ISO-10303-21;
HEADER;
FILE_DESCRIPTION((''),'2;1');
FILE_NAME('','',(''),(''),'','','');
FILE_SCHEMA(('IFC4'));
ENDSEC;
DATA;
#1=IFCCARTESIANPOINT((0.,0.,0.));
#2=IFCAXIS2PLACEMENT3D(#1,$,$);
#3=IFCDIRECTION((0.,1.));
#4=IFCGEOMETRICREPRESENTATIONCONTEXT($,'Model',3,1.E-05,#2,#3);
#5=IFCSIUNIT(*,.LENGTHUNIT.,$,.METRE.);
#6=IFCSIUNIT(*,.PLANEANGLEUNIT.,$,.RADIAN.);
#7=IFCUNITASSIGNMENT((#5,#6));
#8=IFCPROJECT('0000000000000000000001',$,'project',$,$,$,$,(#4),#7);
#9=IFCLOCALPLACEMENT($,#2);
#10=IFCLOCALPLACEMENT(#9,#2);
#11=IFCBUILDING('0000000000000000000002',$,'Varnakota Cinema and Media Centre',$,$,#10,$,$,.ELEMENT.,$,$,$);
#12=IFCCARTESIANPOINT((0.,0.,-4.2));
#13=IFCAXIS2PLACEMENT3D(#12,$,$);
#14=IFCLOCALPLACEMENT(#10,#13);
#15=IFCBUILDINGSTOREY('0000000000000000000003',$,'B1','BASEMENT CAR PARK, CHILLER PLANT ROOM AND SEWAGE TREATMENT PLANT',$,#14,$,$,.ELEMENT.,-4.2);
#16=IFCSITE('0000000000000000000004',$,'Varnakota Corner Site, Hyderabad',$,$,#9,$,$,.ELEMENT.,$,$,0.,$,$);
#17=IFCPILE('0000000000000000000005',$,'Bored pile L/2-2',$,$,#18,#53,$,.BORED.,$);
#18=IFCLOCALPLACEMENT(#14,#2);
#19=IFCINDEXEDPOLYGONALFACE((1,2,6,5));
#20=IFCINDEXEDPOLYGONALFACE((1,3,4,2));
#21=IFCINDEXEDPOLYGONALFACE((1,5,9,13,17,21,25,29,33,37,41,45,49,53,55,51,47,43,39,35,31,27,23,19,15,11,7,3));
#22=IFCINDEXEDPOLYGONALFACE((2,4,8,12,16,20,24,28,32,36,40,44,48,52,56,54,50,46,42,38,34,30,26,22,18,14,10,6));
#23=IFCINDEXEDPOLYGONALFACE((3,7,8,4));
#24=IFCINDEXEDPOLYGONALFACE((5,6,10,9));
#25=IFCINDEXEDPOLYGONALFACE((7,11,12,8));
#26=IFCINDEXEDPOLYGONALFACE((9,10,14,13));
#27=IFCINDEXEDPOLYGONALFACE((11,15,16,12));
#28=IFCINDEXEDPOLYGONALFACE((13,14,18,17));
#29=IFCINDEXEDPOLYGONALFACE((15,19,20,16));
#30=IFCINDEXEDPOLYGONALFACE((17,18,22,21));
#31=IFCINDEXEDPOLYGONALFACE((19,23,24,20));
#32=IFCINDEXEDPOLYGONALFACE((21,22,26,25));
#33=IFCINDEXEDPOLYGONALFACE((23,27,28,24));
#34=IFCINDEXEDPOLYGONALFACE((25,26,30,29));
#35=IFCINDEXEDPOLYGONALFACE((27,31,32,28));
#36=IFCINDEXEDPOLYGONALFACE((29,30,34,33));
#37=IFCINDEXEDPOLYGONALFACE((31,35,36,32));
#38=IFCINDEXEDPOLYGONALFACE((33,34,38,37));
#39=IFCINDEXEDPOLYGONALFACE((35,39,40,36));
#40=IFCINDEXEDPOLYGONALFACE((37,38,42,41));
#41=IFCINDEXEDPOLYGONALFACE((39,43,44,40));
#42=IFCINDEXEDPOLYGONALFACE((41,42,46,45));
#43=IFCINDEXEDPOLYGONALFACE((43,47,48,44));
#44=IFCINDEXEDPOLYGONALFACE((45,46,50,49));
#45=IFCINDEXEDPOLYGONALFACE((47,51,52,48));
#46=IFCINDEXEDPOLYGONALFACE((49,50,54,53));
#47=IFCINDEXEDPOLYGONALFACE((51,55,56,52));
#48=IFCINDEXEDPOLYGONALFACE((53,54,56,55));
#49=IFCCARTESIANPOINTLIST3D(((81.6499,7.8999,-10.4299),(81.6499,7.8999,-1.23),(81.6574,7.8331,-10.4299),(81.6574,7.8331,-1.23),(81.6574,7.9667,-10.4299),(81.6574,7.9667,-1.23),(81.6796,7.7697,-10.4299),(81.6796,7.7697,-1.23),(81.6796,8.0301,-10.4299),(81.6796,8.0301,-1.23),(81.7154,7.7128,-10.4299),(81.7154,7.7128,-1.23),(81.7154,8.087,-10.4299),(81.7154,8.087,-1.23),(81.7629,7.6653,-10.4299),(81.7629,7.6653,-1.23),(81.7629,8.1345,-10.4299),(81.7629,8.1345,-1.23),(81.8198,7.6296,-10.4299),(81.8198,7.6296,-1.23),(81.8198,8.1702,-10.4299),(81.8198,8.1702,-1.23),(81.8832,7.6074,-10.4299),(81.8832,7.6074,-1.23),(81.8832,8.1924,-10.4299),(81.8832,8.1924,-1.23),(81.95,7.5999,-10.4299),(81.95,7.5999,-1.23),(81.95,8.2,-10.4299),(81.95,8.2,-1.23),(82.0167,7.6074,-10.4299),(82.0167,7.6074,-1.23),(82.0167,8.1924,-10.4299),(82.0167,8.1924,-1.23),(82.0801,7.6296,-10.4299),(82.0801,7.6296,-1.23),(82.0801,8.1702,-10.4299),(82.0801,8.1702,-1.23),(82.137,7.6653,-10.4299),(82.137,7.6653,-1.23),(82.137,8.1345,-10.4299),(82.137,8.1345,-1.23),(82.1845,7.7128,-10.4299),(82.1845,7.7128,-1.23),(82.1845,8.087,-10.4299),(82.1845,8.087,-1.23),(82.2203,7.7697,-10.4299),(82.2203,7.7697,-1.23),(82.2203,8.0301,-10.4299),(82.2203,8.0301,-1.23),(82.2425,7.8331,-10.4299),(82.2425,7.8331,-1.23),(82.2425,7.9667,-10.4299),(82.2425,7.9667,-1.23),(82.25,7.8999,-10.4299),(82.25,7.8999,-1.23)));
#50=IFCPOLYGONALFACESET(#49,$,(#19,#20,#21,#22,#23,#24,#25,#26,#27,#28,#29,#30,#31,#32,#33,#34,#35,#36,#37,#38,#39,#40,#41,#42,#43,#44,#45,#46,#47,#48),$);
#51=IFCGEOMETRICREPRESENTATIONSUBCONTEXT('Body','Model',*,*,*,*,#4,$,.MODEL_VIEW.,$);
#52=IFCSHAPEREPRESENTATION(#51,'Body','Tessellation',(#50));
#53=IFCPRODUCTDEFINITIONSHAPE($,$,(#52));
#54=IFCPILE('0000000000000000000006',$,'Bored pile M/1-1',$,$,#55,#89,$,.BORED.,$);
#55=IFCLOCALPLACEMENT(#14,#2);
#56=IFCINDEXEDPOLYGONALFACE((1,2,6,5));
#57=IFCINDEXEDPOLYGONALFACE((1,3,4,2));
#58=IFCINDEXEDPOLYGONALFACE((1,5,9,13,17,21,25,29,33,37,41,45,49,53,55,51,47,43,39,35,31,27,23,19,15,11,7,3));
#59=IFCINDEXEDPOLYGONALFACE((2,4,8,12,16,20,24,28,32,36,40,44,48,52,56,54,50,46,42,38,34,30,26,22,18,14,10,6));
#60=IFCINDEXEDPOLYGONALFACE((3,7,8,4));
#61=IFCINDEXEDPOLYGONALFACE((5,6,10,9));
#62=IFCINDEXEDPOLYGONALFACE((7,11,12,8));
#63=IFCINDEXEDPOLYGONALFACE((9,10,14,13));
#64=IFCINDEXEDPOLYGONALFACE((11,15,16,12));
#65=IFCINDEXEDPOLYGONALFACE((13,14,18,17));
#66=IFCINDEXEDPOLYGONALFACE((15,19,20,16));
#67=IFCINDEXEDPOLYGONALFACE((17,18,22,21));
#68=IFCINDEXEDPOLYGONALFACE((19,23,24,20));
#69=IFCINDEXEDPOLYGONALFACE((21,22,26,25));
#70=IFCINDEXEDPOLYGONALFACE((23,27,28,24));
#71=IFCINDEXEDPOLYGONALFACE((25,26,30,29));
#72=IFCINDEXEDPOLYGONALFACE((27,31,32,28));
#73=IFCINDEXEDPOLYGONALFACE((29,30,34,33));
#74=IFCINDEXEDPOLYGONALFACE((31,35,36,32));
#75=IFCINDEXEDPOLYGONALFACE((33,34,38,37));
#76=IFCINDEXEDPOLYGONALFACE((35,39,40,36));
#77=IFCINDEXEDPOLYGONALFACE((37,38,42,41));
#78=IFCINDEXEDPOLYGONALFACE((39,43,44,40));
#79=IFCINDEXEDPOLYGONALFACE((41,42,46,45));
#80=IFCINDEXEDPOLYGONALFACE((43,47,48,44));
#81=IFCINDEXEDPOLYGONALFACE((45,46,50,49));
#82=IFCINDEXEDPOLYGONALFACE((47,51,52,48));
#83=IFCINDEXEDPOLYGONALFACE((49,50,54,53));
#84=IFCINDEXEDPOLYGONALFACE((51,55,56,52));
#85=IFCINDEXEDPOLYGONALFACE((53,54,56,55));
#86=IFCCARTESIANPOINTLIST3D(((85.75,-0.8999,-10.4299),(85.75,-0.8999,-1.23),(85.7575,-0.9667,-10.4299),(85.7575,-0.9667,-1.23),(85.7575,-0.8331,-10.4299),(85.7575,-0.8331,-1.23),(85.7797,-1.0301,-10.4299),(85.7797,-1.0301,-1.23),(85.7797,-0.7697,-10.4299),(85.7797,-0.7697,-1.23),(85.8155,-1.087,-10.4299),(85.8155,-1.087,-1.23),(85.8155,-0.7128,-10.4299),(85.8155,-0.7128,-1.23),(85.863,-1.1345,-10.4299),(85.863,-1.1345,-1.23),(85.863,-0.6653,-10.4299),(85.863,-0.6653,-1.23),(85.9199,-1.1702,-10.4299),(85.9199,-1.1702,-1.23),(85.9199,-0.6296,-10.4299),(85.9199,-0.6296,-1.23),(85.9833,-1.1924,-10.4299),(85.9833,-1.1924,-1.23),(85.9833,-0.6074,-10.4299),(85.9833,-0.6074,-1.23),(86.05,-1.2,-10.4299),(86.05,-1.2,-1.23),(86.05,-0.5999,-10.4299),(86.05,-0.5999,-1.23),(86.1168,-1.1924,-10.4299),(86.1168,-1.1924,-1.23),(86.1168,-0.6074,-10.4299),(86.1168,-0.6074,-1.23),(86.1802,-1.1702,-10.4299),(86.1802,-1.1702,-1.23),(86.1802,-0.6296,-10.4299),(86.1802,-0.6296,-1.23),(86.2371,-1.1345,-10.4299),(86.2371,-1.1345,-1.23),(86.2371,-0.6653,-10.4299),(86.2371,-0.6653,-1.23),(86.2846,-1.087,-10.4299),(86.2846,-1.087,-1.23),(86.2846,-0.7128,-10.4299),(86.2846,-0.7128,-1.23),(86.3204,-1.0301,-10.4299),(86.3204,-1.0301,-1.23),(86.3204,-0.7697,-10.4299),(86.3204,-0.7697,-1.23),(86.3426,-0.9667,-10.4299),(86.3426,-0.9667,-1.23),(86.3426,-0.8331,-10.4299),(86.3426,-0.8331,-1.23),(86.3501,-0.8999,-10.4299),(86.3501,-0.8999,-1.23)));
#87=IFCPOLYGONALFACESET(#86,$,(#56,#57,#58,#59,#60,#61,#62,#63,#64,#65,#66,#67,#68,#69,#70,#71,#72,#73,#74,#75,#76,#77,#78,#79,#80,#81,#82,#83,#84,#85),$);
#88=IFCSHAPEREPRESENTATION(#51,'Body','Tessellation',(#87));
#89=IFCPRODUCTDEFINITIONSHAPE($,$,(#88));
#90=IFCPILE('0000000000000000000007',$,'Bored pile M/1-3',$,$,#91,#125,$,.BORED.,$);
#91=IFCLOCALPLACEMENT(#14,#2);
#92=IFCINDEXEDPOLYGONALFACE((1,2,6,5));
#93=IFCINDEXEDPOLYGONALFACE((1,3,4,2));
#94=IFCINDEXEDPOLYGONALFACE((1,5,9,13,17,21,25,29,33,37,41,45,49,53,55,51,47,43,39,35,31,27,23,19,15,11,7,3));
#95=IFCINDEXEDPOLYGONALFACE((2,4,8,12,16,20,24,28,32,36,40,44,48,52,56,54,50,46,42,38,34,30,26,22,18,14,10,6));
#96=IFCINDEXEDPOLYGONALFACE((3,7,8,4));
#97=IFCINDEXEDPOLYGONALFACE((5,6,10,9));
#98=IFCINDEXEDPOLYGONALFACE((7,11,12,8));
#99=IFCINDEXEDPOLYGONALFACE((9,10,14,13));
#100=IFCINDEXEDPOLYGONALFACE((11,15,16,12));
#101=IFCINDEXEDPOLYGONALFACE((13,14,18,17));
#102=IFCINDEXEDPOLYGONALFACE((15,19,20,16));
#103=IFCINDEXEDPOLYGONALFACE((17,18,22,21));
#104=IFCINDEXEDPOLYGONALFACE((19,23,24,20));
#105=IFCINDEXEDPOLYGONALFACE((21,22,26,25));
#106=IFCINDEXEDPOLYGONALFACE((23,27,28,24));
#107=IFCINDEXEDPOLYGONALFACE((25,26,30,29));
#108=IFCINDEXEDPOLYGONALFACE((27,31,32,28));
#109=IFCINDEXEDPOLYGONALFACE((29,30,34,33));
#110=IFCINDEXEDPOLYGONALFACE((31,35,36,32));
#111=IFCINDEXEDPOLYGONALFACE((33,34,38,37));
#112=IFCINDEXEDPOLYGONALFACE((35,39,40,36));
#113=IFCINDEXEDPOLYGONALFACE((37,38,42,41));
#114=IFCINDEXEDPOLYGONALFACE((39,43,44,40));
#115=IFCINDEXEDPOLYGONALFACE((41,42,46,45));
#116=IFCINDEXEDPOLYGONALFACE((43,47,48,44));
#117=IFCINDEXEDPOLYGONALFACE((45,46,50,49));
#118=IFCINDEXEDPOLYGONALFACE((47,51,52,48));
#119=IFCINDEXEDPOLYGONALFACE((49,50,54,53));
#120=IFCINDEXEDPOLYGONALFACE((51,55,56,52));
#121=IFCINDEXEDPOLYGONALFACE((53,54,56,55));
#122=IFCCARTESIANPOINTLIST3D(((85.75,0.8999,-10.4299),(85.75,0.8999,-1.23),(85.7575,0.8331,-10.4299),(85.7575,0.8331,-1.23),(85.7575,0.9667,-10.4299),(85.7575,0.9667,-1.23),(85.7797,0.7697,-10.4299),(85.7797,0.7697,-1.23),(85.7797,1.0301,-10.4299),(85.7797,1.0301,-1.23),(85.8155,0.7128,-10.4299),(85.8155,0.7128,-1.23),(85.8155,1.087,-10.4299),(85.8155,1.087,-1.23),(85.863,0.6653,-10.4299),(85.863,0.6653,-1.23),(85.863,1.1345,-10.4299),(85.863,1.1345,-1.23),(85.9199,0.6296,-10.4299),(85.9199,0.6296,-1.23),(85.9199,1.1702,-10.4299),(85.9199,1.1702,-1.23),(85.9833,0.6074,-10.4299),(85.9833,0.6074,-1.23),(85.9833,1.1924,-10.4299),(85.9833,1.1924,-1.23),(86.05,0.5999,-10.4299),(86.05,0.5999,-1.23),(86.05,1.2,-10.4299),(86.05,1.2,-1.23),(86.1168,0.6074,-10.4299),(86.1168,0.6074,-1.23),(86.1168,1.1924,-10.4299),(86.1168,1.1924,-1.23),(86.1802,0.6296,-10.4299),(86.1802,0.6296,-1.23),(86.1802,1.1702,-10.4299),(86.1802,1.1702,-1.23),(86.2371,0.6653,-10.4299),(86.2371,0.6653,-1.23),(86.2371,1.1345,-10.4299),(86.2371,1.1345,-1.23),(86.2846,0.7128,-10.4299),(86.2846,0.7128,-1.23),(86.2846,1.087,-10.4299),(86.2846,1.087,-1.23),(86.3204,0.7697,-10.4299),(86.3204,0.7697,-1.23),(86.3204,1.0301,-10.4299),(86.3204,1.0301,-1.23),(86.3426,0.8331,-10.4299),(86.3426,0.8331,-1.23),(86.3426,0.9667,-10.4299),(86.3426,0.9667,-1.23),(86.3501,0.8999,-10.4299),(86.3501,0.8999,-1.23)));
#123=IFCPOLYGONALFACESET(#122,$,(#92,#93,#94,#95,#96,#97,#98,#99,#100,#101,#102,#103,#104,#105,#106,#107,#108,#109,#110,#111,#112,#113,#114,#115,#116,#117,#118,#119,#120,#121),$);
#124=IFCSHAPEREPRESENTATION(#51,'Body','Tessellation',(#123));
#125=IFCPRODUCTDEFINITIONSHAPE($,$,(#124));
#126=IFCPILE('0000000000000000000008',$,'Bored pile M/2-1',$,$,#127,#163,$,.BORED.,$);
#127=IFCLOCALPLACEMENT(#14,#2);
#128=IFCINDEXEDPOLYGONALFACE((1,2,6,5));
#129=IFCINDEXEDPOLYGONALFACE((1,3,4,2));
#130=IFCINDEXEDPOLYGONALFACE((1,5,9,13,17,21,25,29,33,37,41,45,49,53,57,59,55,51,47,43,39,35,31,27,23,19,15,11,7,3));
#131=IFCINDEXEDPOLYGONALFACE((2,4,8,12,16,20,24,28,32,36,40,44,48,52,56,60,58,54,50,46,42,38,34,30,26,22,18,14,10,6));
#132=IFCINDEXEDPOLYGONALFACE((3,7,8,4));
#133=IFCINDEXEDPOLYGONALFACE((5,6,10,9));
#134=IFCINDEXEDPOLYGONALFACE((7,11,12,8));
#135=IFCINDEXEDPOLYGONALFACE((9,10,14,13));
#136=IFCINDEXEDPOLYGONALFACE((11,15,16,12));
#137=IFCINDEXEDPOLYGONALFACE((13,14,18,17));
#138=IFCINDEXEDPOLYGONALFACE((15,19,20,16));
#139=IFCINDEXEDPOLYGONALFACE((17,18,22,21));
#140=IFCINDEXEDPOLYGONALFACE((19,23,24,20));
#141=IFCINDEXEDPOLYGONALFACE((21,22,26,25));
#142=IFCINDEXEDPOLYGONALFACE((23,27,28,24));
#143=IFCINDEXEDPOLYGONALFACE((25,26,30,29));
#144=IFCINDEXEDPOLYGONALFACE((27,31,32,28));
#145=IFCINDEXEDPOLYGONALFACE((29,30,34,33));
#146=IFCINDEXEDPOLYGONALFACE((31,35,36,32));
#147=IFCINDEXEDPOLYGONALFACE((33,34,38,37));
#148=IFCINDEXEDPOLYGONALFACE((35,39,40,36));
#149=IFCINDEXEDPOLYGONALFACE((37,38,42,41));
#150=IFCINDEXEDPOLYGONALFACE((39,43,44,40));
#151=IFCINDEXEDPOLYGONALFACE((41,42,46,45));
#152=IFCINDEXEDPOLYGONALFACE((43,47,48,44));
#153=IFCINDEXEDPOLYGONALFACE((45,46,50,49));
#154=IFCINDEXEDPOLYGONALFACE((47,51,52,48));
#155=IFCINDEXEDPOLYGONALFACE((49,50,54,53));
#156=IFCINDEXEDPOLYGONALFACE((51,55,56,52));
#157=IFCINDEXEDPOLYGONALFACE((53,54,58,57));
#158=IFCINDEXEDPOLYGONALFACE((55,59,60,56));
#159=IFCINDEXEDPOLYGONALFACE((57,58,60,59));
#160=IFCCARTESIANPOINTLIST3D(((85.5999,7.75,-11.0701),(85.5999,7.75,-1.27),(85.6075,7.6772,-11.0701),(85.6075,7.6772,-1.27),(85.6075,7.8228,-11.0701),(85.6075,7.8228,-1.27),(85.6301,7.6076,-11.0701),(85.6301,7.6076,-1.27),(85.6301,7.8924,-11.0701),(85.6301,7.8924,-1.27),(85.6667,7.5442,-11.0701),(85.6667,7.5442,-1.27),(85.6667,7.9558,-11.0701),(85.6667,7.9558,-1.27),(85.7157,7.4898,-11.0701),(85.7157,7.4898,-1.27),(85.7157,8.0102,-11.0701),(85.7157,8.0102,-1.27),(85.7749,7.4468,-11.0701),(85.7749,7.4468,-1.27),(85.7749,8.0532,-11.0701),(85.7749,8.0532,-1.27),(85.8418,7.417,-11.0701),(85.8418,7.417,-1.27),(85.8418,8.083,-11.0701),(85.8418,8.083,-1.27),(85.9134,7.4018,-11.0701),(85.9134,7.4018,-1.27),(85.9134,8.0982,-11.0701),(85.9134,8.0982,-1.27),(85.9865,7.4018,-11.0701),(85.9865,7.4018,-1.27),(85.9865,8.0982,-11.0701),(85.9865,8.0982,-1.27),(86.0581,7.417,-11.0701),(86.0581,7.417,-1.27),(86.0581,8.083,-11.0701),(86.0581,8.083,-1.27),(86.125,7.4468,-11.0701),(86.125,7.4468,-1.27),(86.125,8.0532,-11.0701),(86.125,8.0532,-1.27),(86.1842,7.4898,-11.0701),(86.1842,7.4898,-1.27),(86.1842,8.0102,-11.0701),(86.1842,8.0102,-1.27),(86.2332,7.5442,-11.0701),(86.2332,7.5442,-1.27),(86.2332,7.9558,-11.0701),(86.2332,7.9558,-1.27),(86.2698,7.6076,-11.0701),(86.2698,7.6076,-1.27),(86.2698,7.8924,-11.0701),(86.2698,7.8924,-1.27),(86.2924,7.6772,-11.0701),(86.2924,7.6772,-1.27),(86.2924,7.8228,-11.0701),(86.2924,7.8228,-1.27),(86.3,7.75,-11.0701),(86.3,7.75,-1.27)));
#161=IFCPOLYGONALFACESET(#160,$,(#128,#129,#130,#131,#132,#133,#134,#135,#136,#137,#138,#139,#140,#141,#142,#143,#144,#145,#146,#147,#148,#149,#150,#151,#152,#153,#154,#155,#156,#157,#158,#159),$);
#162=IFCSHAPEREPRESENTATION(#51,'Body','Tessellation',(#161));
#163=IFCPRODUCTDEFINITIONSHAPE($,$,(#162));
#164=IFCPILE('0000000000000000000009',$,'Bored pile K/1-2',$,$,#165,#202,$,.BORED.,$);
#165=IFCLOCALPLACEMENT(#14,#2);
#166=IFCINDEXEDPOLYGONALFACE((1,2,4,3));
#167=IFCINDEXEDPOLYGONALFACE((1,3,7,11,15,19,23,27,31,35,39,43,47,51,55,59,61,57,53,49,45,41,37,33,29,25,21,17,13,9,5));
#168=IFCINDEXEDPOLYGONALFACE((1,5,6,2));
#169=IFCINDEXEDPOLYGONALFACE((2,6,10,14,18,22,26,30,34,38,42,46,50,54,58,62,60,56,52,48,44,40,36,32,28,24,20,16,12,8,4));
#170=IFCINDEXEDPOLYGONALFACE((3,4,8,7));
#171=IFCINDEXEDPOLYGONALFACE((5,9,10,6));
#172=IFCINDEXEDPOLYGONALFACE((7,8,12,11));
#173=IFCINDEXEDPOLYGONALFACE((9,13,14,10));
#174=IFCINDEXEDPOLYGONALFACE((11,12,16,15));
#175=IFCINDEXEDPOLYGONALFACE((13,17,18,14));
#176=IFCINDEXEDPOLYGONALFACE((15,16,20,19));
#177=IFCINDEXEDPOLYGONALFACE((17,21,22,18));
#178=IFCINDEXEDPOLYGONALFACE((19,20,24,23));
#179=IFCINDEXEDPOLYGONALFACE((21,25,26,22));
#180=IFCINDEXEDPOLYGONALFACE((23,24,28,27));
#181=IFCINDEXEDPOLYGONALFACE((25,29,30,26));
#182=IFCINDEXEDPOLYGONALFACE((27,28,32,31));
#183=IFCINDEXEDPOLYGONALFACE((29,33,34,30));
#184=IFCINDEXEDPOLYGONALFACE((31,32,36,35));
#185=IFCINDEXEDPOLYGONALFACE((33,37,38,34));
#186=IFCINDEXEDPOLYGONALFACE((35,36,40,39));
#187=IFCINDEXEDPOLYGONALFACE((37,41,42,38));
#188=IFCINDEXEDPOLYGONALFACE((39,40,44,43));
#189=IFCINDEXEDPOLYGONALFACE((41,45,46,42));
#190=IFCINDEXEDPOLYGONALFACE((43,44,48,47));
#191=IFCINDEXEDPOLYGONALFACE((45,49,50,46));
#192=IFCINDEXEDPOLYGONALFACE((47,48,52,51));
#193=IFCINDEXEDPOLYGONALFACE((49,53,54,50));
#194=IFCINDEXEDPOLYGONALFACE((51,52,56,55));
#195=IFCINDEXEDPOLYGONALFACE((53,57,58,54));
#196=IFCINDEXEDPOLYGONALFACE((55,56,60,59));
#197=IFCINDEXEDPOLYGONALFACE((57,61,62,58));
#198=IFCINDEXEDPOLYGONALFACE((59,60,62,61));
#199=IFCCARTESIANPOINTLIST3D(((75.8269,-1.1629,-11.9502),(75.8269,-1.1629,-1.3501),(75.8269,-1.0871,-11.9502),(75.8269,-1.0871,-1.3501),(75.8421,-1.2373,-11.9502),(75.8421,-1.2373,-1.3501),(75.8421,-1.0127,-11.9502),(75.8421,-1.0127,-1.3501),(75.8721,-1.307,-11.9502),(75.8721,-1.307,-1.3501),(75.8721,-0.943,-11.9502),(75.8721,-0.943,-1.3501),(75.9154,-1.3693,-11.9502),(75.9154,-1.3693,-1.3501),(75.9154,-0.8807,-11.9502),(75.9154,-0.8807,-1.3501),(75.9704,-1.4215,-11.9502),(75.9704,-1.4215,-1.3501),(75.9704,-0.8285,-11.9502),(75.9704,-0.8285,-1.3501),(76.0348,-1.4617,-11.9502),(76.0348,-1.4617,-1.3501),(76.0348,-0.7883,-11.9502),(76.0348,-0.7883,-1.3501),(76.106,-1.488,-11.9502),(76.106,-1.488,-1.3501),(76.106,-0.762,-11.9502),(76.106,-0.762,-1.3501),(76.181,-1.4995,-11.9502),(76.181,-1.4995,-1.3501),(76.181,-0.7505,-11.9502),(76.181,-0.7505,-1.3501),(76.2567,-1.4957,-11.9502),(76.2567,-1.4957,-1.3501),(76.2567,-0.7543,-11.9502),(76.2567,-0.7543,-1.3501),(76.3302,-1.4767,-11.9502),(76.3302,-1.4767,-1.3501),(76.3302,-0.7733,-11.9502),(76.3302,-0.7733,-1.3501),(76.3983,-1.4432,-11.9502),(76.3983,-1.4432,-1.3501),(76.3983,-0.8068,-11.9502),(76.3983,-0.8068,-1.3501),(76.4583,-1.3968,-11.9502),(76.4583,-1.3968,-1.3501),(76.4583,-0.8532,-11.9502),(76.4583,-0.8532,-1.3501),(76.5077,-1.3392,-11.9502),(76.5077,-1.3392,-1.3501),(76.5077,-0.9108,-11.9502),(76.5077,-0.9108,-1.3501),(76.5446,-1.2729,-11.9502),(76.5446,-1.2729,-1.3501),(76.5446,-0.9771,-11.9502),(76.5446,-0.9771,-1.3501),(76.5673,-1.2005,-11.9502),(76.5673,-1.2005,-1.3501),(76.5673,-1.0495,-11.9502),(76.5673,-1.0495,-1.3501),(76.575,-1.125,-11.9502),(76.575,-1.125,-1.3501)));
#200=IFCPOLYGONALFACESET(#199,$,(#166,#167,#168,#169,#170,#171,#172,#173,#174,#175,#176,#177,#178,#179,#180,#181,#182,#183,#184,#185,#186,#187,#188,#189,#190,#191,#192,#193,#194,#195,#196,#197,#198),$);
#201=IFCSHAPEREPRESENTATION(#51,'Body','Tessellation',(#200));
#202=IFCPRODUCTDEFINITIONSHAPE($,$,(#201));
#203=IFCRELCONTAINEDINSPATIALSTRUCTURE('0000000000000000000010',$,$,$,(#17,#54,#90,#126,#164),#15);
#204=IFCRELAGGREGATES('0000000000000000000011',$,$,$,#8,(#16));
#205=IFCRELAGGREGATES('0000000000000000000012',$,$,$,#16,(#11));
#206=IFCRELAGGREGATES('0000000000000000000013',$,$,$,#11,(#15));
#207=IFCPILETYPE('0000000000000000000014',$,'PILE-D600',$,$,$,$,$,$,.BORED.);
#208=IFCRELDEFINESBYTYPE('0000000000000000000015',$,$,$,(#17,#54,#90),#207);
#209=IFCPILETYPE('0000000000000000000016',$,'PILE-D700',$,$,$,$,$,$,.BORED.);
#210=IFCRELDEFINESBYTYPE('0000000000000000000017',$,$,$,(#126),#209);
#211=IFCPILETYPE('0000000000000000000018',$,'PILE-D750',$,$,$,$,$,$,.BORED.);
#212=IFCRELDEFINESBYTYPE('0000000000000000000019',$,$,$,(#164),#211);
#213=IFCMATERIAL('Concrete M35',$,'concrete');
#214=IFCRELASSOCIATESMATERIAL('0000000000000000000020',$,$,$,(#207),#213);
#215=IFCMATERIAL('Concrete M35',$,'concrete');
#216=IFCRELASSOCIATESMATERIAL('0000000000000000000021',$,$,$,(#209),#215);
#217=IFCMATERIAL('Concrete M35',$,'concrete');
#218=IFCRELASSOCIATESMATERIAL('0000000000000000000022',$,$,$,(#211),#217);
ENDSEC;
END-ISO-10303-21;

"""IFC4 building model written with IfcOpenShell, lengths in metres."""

from ifc_helpers import new_model, si_unit, direction, frame, origin, origin_2d, place, context, subcontext, project, spatial, circle, extrude, material, material_profile, profile_set, type_object, element, save


model = new_model("IFC4")

# Units and contexts
model_context = context("Model", 3, precision=1e-05, world=origin(), true_north=direction((0.0, 1.0)))
body_context = subcontext(model_context, "Body", "Model", "MODEL_VIEW")
ifc_project = project(units=[si_unit("LENGTHUNIT", "METRE"), si_unit("PLANEANGLEUNIT", "RADIAN")], contexts=[model_context])

# Site, building, storey
site_placement = place(None, origin())
site = spatial("IfcSite", under=ifc_project, at=site_placement, Name="Varnakota Corner Site, Hyderabad", CompositionType="ELEMENT", RefElevation=0.0)
building_placement = place(site_placement, origin())
building = spatial("IfcBuilding", under=site, at=building_placement, Name="Varnakota Cinema and Media Centre", CompositionType="ELEMENT")
storey_placement = place(building_placement, frame((0.0, 0.0, -4.2)))
storey = spatial("IfcBuildingStorey", under=building, at=storey_placement, Name="B1", Description="BASEMENT CAR PARK, CHILLER PLANT ROOM AND SEWAGE TREATMENT PLANT", CompositionType="ELEMENT", Elevation=-4.2)

# Piles
ifc_material_1 = material(Name="Concrete M35", Category="concrete")
ifc_material_profile_1 = material_profile(ifc_material_1, circle(Radius=0.3, at=origin_2d()), Name="PILE D600")
ifc_profile_set_1 = profile_set([ifc_material_profile_1], Name="Concrete M35")
pile_type_1 = type_object("IfcPileType", Name="PILE-D600", PredefinedType="BORED", material=ifc_profile_set_1)
for number, where, z_axis, x_axis, name in (
    (1, (81.95, 7.8999, -1.23), (0.0, 0.0, -1.0), (1.0, 0.0, 0.0), "Bored pile L/2-2"),
    (2, (86.05, -0.8999, -1.23), (0.0, 0.0, -1.0), (1.0, 0.0, 0.0), "Bored pile M/1-1"),
    (3, (86.05, 0.8999, -1.23), (0.0, 0.0, -1.0), (1.0, 0.0, 0.0), "Bored pile M/1-3"),
):
    element("IfcPile", number, at=place(storey_placement, frame(where, z_axis=z_axis, x_axis=x_axis)), inside=storey, type_object=pile_type_1, Name=name, PredefinedType="BORED", context=body_context, shape_type="SweptSolid", body=[
        extrude(circle(Radius=0.3, at=origin_2d()), origin(), (0.0, 0.0, 1.0), 9.2),
    ])
ifc_material_2 = material(Name="Concrete M35", Category="concrete")
ifc_material_profile_2 = material_profile(ifc_material_2, circle(Radius=0.3501, at=origin_2d()), Name="PILE D700")
ifc_profile_set_2 = profile_set([ifc_material_profile_2], Name="Concrete M35")
pile_type_2 = type_object("IfcPileType", Name="PILE-D700", PredefinedType="BORED", material=ifc_profile_set_2)
pile_placement = place(storey_placement, frame((85.95, 7.75, -1.27), z_axis=(0.0, 0.0, -1.0), x_axis=(1.0, 0.0, 0.0)))
element("IfcPile", 4, at=pile_placement, inside=storey, type_object=pile_type_2, Name="Bored pile M/2-1", PredefinedType="BORED", context=body_context, shape_type="SweptSolid", body=[
    extrude(circle(Radius=0.3501, at=origin_2d()), origin(), (0.0, 0.0, 1.0), 9.8),
])
ifc_material_3 = material(Name="Concrete M35", Category="concrete")
ifc_material_profile_3 = material_profile(ifc_material_3, circle(Radius=0.375, at=origin_2d()), Name="PILE D750")
ifc_profile_set_3 = profile_set([ifc_material_profile_3], Name="Concrete M35")
pile_type_3 = type_object("IfcPileType", Name="PILE-D750", PredefinedType="BORED", material=ifc_profile_set_3)
for number, where, z_axis, x_axis, name in (
    (5, (76.2, -1.125, -1.3501), (0.0, 0.0, -1.0), (1.0, 0.0, 0.0), "Bored pile K/1-2"),
):
    element("IfcPile", number, at=place(storey_placement, frame(where, z_axis=z_axis, x_axis=x_axis)), inside=storey, type_object=pile_type_3, Name=name, PredefinedType="BORED", context=body_context, shape_type="SweptSolid", body=[
        extrude(circle(Radius=0.375, at=origin_2d()), origin(), (0.0, 0.0, 1.0), 10.6001),
    ])

save(model, "model.ifc")
